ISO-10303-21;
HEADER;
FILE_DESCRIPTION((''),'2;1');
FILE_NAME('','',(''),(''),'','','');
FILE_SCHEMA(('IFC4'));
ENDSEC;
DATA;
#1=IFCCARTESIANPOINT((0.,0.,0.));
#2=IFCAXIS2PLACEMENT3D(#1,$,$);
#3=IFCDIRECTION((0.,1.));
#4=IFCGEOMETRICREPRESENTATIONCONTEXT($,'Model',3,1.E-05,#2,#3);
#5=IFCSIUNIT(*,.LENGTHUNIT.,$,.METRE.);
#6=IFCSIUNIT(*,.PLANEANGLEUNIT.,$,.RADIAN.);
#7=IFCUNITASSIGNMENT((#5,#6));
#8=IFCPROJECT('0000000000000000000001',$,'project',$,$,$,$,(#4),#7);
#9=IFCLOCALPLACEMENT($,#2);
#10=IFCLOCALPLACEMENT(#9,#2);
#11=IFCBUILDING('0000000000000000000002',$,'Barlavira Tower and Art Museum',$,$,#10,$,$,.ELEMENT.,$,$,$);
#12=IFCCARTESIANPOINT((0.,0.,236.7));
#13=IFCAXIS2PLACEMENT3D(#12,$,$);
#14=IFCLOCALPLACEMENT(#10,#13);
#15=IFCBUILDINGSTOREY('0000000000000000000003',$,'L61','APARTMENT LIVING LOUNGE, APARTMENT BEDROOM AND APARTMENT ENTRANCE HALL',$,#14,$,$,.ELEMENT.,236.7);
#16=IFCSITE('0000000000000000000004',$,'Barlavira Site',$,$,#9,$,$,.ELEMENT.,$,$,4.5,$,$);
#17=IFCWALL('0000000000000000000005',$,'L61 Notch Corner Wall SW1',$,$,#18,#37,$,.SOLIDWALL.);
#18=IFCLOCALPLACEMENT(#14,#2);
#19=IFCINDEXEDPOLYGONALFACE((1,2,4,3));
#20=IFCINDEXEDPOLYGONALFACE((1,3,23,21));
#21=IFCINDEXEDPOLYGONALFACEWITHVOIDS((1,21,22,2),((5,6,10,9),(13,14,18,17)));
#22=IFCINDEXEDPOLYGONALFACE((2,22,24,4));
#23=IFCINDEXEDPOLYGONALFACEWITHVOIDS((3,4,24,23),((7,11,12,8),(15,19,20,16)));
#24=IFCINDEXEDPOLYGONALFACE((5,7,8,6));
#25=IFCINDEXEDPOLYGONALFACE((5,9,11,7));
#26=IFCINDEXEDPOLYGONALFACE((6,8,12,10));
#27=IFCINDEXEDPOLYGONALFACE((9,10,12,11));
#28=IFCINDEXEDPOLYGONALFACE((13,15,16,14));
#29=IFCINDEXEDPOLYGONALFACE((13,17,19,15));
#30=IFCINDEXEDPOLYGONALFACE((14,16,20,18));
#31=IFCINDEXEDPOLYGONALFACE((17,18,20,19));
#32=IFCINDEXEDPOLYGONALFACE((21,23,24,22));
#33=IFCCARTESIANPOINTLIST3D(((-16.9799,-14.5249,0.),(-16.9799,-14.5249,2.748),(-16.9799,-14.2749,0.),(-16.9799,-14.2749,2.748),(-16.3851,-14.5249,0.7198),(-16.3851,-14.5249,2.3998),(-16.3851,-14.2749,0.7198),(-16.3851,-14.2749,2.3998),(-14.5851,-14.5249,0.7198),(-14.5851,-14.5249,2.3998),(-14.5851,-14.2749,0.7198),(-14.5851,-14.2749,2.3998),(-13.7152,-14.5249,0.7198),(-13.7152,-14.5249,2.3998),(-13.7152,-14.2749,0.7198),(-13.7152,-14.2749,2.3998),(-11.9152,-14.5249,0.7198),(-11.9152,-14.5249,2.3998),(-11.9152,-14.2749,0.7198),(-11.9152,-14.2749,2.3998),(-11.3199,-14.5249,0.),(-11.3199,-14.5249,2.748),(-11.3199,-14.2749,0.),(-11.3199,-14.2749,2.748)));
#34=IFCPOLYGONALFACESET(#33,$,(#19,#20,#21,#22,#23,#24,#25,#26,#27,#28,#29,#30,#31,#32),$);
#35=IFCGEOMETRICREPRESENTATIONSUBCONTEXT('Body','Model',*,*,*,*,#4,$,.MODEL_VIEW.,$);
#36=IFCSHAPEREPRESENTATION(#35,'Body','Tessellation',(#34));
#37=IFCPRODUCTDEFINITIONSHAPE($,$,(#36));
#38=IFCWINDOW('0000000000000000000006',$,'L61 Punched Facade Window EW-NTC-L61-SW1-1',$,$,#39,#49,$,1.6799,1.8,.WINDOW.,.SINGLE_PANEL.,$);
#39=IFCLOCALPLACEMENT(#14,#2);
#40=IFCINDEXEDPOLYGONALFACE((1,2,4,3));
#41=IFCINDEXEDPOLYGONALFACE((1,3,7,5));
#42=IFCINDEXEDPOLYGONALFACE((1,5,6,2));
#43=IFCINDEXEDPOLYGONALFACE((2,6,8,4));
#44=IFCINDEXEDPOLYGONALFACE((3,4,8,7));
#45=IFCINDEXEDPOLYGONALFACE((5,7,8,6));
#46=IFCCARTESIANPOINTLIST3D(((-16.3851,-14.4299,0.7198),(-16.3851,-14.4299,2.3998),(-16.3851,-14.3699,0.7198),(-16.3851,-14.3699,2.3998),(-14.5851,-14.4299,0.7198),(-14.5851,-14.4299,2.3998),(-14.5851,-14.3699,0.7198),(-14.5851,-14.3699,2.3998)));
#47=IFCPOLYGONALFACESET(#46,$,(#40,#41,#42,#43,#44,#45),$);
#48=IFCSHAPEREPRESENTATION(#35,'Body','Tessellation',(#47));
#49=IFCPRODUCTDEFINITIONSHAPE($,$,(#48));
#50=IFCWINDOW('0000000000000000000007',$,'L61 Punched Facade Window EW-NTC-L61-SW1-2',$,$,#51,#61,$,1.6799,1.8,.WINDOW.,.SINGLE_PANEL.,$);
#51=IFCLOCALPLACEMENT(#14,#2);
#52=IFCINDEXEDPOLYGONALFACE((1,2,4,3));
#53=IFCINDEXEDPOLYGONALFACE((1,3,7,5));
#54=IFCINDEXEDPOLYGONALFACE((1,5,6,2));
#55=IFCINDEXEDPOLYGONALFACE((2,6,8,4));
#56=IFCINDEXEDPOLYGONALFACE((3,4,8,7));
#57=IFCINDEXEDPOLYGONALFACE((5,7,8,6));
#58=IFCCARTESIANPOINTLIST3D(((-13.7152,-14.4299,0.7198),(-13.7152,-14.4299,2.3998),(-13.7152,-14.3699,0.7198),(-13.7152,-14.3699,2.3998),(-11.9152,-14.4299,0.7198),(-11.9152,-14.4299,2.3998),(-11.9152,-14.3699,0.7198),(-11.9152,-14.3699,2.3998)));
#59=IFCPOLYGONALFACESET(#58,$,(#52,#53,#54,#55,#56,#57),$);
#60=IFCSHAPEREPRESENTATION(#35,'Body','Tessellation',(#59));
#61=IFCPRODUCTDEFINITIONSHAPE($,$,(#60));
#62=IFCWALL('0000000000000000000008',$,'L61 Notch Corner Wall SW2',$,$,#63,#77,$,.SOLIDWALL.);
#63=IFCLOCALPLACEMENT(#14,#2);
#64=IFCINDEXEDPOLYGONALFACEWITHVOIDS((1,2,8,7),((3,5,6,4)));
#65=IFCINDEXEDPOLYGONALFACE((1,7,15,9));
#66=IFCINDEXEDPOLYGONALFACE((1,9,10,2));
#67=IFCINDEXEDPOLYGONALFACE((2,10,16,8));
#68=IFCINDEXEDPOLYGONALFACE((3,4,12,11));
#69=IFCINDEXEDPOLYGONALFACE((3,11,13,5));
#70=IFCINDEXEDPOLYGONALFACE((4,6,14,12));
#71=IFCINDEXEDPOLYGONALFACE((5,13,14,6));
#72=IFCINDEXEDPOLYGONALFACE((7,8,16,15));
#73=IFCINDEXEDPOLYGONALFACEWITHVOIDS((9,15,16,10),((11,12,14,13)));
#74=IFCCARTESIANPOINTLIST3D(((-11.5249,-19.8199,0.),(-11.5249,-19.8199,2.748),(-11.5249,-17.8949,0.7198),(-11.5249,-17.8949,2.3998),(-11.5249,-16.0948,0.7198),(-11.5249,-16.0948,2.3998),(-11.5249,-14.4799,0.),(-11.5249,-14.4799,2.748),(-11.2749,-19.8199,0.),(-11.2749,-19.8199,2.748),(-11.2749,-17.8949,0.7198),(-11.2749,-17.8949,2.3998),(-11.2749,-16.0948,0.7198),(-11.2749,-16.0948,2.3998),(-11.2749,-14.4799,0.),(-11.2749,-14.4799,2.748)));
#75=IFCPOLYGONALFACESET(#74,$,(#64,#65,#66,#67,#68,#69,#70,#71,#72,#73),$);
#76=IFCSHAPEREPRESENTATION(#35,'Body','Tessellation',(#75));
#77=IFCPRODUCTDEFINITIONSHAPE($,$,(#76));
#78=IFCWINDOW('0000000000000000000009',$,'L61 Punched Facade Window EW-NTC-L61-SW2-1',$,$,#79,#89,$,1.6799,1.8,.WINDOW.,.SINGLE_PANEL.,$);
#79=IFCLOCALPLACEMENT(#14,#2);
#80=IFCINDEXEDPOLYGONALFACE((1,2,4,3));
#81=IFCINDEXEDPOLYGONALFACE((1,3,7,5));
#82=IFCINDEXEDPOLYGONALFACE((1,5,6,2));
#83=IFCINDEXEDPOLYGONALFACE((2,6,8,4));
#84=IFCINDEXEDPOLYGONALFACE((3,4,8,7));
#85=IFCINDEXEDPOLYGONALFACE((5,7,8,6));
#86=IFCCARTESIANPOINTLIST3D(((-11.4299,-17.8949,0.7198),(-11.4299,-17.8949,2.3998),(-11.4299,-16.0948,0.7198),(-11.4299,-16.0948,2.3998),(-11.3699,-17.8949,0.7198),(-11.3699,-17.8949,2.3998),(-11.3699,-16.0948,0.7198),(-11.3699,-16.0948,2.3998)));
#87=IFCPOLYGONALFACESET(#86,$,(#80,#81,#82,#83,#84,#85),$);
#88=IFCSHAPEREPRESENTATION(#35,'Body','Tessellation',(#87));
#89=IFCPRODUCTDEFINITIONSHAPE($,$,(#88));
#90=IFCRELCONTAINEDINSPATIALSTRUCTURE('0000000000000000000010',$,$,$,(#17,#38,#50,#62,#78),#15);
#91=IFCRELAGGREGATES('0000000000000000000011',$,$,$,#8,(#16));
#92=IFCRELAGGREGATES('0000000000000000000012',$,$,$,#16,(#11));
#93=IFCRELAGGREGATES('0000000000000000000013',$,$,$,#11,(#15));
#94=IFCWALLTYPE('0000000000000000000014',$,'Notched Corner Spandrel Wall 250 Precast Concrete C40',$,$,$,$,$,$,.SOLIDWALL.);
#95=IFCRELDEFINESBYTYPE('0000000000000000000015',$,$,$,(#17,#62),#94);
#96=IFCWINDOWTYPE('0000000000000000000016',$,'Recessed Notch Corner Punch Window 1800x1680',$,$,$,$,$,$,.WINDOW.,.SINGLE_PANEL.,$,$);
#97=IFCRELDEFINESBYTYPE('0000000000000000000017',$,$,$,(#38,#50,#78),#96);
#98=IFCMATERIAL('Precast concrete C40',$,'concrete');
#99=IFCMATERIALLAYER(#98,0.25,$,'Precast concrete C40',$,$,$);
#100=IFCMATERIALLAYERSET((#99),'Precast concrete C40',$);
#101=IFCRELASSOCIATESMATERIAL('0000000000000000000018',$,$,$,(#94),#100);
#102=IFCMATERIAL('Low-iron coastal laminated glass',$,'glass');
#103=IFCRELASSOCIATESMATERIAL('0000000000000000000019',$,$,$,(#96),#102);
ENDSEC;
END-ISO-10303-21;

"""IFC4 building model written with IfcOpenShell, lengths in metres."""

from ifc_helpers import new_model, si_unit, direction, frame, frame_2d, origin, place, context, subcontext, project, spatial, rectangle, extrude, material, layer, layer_set, type_object, element, fill, save


model = new_model("IFC4")

# Units and contexts
model_context = context("Model", 3, precision=1e-05, world=origin(), true_north=direction((0.0, 1.0)))
body_context = subcontext(model_context, "Body", "Model", "MODEL_VIEW")
ifc_project = project(units=[si_unit("LENGTHUNIT", "METRE"), si_unit("PLANEANGLEUNIT", "RADIAN")], contexts=[model_context])

# Site, building, storey
site_placement = place(None, origin())
site = spatial("IfcSite", under=ifc_project, at=site_placement, Name="Barlavira Site", CompositionType="ELEMENT", RefElevation=4.5)
building_placement = place(site_placement, origin())
building = spatial("IfcBuilding", under=site, at=building_placement, Name="Barlavira Tower and Art Museum", CompositionType="ELEMENT")
storey_placement = place(building_placement, frame((0.0, 0.0, 236.7)))
storey = spatial("IfcBuildingStorey", under=building, at=storey_placement, Name="L61", Description="APARTMENT LIVING LOUNGE, APARTMENT BEDROOM AND APARTMENT ENTRANCE HALL", CompositionType="ELEMENT", Elevation=236.7)

# Shared definitions
ifc_material_1 = material(Name="Low-iron coastal laminated glass", Category="glass")

# Shared definitions
ifc_material_2 = material(Name="Precast concrete C40", Category="concrete")
ifc_layer_1 = layer(ifc_material_2, 0.25, Name="Precast concrete C40")
ifc_layer_set_1 = layer_set([ifc_layer_1], Name="Precast concrete C40")
wall_type_1 = type_object("IfcWallType", Name="Notched Corner Spandrel Wall 250 Precast Concrete C40", PredefinedType="SOLIDWALL", material=ifc_layer_set_1)
window_type = type_object("IfcWindowType", Name="Recessed Notch Corner Punch Window 1800x1680", PartitioningType="SINGLE_PANEL", PredefinedType="WINDOW", material=ifc_material_1)

# Wall, openings, windows
wall_1_placement = place(storey_placement, frame((-16.98, -14.3999, 0.0), z_axis=(0.0, 0.0, 1.0), x_axis=(1.0, 0.0, 0.0)))
wall_1 = element("IfcWall", 1, at=wall_1_placement, inside=storey, type_object=wall_type_1, Name="L61 Notch Corner Wall SW1", PredefinedType="SOLIDWALL", context=body_context, shape_type="SweptSolid", body=[
    extrude(rectangle(XDim=5.6599, YDim=0.25, at=frame_2d((2.8301, 0.0))), origin(), (0.0, 0.0, 1.0), 2.748),
])
opening_1_placement = place(wall_1_placement, frame((0.595, 0.0, 0.72)))
opening_1 = element("IfcOpeningElement", 2, at=opening_1_placement, cuts=wall_1, PredefinedType="OPENING", context=body_context, shape_type="SweptSolid", body=[
    extrude(rectangle(XDim=1.8, YDim=1.6799, at=frame_2d((0.8999, 0.8398))), frame((0.0, 0.135, 0.0), z_axis=(0.0, -1.0, 0.0), x_axis=(1.0, 0.0, 0.0)), (0.0, 0.0, 1.0), 0.27),
])
opening_2_placement = place(wall_1_placement, frame((3.2649, 0.0, 0.72)))
opening_2 = element("IfcOpeningElement", 3, at=opening_2_placement, cuts=wall_1, PredefinedType="OPENING", context=body_context, shape_type="SweptSolid", body=[
    extrude(rectangle(XDim=1.8, YDim=1.6799, at=frame_2d((0.8999, 0.8398))), frame((0.0, 0.135, 0.0), z_axis=(0.0, -1.0, 0.0), x_axis=(1.0, 0.0, 0.0)), (0.0, 0.0, 1.0), 0.27),
])
window_1_placement = place(opening_1_placement, origin())
window_1 = element("IfcWindow", 4, at=window_1_placement, inside=storey, type_object=window_type, Name="L61 Punched Facade Window EW-NTC-L61-SW1-1", OverallHeight=1.6799, OverallWidth=1.8, PartitioningType="SINGLE_PANEL", PredefinedType="WINDOW", context=body_context, shape_type="SweptSolid", body=[
    extrude(rectangle(XDim=1.8, YDim=1.6799, at=frame_2d((0.8999, 0.8398))), frame((0.0, 0.03, 0.0), z_axis=(0.0, -1.0, 0.0), x_axis=(1.0, 0.0, 0.0)), (0.0, 0.0, 1.0), 0.0601),
])
fill(opening_1, window_1)
window_2_placement = place(opening_2_placement, origin())
window_2 = element("IfcWindow", 5, at=window_2_placement, inside=storey, type_object=window_type, Name="L61 Punched Facade Window EW-NTC-L61-SW1-2", OverallHeight=1.6799, OverallWidth=1.8, PartitioningType="SINGLE_PANEL", PredefinedType="WINDOW", context=body_context, shape_type="SweptSolid", body=[
    extrude(rectangle(XDim=1.8, YDim=1.6799, at=frame_2d((0.8999, 0.8398))), frame((0.0, 0.03, 0.0), z_axis=(0.0, -1.0, 0.0), x_axis=(1.0, 0.0, 0.0)), (0.0, 0.0, 1.0), 0.0601),
])
fill(opening_2, window_2)

# Wall, opening, window
wall_2_placement = place(storey_placement, frame((-11.3999, -14.48, 0.0), z_axis=(0.0, 0.0, 1.0), x_axis=(0.0, -1.0, 0.0)))
wall_2 = element("IfcWall", 6, at=wall_2_placement, inside=storey, type_object=wall_type_1, Name="L61 Notch Corner Wall SW2", PredefinedType="SOLIDWALL", context=body_context, shape_type="SweptSolid", body=[
    extrude(rectangle(XDim=5.3401, YDim=0.25, at=frame_2d((2.6699, 0.0))), origin(), (0.0, 0.0, 1.0), 2.748),
])
opening_3_placement = place(wall_2_placement, frame((1.615, 0.0, 0.72)))
opening_3 = element("IfcOpeningElement", 7, at=opening_3_placement, cuts=wall_2, PredefinedType="OPENING", context=body_context, shape_type="SweptSolid", body=[
    extrude(rectangle(XDim=1.8, YDim=1.6799, at=frame_2d((0.8999, 0.8398))), frame((0.0, 0.135, 0.0), z_axis=(0.0, -1.0, 0.0), x_axis=(1.0, 0.0, 0.0)), (0.0, 0.0, 1.0), 0.27),
])
window_3_placement = place(opening_3_placement, origin())
window_3 = element("IfcWindow", 8, at=window_3_placement, inside=storey, type_object=window_type, Name="L61 Punched Facade Window EW-NTC-L61-SW2-1", OverallHeight=1.6799, OverallWidth=1.8, PartitioningType="SINGLE_PANEL", PredefinedType="WINDOW", context=body_context, shape_type="SweptSolid", body=[
    extrude(rectangle(XDim=1.8, YDim=1.6799, at=frame_2d((0.8999, 0.8398))), frame((0.0, 0.03, 0.0), z_axis=(0.0, -1.0, 0.0), x_axis=(1.0, 0.0, 0.0)), (0.0, 0.0, 1.0), 0.0601),
])
fill(opening_3, window_3)

save(model, "model.ifc")
